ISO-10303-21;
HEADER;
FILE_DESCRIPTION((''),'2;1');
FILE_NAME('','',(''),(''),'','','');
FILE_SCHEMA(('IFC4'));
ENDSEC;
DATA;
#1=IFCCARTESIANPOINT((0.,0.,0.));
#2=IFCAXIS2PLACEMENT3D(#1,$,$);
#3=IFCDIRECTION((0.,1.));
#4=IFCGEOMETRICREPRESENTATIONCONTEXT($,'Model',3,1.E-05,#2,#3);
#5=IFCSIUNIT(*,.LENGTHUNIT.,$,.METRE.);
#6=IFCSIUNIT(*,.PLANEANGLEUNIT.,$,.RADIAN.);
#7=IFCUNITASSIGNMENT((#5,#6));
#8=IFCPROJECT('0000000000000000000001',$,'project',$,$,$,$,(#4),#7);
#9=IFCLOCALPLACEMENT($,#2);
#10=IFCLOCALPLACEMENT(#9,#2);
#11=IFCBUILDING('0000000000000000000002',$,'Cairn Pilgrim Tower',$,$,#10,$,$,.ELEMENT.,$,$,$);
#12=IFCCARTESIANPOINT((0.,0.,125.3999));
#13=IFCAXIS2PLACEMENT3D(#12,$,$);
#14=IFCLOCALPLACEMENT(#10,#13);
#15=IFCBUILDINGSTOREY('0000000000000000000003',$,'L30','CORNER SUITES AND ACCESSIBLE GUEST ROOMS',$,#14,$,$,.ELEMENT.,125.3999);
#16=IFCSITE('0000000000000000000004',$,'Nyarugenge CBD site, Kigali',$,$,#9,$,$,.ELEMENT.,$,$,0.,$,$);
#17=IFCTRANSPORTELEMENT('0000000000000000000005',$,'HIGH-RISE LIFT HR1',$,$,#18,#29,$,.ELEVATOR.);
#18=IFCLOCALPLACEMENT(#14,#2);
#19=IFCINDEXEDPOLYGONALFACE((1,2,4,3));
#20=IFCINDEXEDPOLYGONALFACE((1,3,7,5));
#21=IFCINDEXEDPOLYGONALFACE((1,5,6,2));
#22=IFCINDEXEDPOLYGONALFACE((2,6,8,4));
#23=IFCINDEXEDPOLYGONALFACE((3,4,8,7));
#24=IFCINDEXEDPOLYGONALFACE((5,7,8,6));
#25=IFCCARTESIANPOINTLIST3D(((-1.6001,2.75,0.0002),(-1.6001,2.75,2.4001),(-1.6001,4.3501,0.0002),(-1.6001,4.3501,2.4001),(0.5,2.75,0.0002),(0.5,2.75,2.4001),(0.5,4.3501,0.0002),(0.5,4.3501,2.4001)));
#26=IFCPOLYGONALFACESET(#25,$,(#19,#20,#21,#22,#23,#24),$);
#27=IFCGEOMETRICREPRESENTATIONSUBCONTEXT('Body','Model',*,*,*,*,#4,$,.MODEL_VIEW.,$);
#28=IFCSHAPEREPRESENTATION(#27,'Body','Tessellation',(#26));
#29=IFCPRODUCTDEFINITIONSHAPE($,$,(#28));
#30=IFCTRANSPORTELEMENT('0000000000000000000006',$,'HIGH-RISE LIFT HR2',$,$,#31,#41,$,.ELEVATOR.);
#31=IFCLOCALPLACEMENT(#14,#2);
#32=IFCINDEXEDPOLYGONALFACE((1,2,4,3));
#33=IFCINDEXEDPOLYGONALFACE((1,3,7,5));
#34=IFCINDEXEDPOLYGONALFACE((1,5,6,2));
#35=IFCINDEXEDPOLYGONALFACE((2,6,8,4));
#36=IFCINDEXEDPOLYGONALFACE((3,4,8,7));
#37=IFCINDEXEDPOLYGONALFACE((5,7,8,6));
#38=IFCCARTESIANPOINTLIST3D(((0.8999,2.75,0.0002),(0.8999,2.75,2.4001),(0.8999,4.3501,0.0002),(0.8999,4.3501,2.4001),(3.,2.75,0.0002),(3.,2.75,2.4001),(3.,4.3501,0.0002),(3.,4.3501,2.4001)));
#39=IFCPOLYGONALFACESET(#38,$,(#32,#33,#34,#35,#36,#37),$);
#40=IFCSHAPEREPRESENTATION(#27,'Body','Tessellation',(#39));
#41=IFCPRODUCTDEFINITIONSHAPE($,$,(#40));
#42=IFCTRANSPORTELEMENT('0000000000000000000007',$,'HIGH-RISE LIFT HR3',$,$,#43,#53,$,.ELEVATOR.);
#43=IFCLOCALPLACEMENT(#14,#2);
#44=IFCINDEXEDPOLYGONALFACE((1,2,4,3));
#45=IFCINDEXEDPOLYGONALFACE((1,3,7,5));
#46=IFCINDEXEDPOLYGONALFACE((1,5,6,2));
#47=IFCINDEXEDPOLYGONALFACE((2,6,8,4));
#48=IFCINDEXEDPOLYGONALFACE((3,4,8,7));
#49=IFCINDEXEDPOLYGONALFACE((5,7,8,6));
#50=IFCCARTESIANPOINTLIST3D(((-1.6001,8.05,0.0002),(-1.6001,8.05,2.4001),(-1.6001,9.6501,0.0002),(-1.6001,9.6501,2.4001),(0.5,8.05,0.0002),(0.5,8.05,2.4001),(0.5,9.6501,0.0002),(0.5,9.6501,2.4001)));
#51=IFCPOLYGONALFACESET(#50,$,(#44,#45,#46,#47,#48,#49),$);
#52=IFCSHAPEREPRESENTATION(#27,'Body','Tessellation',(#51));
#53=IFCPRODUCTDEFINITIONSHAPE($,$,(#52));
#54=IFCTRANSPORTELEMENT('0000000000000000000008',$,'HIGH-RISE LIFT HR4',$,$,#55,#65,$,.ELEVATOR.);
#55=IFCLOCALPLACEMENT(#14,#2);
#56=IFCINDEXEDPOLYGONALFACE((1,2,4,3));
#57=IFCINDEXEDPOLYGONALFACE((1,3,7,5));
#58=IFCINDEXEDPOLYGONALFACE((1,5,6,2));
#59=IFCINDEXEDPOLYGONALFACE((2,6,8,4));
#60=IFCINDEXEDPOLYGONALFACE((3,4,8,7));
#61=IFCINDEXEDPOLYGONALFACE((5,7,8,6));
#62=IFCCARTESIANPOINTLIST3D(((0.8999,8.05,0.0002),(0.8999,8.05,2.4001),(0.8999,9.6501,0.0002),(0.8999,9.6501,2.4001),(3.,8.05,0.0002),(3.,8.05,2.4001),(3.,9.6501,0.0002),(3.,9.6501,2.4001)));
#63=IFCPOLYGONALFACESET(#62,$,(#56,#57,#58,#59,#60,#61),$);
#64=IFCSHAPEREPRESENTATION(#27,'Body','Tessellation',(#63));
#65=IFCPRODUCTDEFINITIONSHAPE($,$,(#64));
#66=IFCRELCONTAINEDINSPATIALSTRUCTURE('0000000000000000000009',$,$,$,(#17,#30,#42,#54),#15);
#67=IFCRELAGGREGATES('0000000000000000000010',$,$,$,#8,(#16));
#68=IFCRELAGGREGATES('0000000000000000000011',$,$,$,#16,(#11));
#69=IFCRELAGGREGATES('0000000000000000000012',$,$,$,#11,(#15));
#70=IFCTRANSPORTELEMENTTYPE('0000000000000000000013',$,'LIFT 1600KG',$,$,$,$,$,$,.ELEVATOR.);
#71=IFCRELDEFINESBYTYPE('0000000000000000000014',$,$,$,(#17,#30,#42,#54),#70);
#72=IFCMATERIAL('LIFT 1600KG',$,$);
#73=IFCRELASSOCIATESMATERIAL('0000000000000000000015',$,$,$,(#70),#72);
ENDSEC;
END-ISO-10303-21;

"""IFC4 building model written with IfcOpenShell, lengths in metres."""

from ifc_helpers import new_model, si_unit, direction, frame, origin, origin_2d, place, context, subcontext, project, spatial, rectangle, extrude, material, type_object, element, save


model = new_model("IFC4")

# Units and contexts
model_context = context("Model", 3, precision=1e-05, world=origin(), true_north=direction((0.0, 1.0)))
body_context = subcontext(model_context, "Body", "Model", "MODEL_VIEW")
ifc_project = project(units=[si_unit("LENGTHUNIT", "METRE"), si_unit("PLANEANGLEUNIT", "RADIAN")], contexts=[model_context])

# Site, building, storey
site_placement = place(None, origin())
site = spatial("IfcSite", under=ifc_project, at=site_placement, Name="Nyarugenge CBD site, Kigali", CompositionType="ELEMENT", RefElevation=0.0)
building_placement = place(site_placement, origin())
building = spatial("IfcBuilding", under=site, at=building_placement, Name="Cairn Pilgrim Tower", CompositionType="ELEMENT")
storey_placement = place(building_placement, frame((0.0, 0.0, 125.3999)))
storey = spatial("IfcBuildingStorey", under=building, at=storey_placement, Name="L30", Description="CORNER SUITES AND ACCESSIBLE GUEST ROOMS", CompositionType="ELEMENT", Elevation=125.3999)

# Transport elements
ifc_material_1 = material(Name="LIFT 1600KG")
transport_element_type = type_object("IfcTransportElementType", Name="LIFT 1600KG", PredefinedType="ELEVATOR", material=ifc_material_1)
for number, where, z_axis, x_axis, name in (
    (1, (-0.55, 3.55, 0.0002), (0.0, 0.0, 1.0), (1.0, 0.0, 0.0), "HIGH-RISE LIFT HR1"),
    (2, (1.95, 3.55, 0.0002), (0.0, 0.0, 1.0), (1.0, 0.0, 0.0), "HIGH-RISE LIFT HR2"),
    (3, (-0.55, 8.8501, 0.0002), (0.0, 0.0, 1.0), (1.0, 0.0, 0.0), "HIGH-RISE LIFT HR3"),
    (4, (1.95, 8.8501, 0.0002), (0.0, 0.0, 1.0), (1.0, 0.0, 0.0), "HIGH-RISE LIFT HR4"),
):
    element("IfcTransportElement", number, at=place(storey_placement, frame(where, z_axis=z_axis, x_axis=x_axis)), inside=storey, type_object=transport_element_type, Name=name, PredefinedType="ELEVATOR", context=body_context, shape_type="SweptSolid", body=[
        extrude(rectangle(XDim=2.1001, YDim=1.6001, at=origin_2d()), origin(), (0.0, 0.0, 1.0), 2.3999),
    ])

save(model, "model.ifc")
